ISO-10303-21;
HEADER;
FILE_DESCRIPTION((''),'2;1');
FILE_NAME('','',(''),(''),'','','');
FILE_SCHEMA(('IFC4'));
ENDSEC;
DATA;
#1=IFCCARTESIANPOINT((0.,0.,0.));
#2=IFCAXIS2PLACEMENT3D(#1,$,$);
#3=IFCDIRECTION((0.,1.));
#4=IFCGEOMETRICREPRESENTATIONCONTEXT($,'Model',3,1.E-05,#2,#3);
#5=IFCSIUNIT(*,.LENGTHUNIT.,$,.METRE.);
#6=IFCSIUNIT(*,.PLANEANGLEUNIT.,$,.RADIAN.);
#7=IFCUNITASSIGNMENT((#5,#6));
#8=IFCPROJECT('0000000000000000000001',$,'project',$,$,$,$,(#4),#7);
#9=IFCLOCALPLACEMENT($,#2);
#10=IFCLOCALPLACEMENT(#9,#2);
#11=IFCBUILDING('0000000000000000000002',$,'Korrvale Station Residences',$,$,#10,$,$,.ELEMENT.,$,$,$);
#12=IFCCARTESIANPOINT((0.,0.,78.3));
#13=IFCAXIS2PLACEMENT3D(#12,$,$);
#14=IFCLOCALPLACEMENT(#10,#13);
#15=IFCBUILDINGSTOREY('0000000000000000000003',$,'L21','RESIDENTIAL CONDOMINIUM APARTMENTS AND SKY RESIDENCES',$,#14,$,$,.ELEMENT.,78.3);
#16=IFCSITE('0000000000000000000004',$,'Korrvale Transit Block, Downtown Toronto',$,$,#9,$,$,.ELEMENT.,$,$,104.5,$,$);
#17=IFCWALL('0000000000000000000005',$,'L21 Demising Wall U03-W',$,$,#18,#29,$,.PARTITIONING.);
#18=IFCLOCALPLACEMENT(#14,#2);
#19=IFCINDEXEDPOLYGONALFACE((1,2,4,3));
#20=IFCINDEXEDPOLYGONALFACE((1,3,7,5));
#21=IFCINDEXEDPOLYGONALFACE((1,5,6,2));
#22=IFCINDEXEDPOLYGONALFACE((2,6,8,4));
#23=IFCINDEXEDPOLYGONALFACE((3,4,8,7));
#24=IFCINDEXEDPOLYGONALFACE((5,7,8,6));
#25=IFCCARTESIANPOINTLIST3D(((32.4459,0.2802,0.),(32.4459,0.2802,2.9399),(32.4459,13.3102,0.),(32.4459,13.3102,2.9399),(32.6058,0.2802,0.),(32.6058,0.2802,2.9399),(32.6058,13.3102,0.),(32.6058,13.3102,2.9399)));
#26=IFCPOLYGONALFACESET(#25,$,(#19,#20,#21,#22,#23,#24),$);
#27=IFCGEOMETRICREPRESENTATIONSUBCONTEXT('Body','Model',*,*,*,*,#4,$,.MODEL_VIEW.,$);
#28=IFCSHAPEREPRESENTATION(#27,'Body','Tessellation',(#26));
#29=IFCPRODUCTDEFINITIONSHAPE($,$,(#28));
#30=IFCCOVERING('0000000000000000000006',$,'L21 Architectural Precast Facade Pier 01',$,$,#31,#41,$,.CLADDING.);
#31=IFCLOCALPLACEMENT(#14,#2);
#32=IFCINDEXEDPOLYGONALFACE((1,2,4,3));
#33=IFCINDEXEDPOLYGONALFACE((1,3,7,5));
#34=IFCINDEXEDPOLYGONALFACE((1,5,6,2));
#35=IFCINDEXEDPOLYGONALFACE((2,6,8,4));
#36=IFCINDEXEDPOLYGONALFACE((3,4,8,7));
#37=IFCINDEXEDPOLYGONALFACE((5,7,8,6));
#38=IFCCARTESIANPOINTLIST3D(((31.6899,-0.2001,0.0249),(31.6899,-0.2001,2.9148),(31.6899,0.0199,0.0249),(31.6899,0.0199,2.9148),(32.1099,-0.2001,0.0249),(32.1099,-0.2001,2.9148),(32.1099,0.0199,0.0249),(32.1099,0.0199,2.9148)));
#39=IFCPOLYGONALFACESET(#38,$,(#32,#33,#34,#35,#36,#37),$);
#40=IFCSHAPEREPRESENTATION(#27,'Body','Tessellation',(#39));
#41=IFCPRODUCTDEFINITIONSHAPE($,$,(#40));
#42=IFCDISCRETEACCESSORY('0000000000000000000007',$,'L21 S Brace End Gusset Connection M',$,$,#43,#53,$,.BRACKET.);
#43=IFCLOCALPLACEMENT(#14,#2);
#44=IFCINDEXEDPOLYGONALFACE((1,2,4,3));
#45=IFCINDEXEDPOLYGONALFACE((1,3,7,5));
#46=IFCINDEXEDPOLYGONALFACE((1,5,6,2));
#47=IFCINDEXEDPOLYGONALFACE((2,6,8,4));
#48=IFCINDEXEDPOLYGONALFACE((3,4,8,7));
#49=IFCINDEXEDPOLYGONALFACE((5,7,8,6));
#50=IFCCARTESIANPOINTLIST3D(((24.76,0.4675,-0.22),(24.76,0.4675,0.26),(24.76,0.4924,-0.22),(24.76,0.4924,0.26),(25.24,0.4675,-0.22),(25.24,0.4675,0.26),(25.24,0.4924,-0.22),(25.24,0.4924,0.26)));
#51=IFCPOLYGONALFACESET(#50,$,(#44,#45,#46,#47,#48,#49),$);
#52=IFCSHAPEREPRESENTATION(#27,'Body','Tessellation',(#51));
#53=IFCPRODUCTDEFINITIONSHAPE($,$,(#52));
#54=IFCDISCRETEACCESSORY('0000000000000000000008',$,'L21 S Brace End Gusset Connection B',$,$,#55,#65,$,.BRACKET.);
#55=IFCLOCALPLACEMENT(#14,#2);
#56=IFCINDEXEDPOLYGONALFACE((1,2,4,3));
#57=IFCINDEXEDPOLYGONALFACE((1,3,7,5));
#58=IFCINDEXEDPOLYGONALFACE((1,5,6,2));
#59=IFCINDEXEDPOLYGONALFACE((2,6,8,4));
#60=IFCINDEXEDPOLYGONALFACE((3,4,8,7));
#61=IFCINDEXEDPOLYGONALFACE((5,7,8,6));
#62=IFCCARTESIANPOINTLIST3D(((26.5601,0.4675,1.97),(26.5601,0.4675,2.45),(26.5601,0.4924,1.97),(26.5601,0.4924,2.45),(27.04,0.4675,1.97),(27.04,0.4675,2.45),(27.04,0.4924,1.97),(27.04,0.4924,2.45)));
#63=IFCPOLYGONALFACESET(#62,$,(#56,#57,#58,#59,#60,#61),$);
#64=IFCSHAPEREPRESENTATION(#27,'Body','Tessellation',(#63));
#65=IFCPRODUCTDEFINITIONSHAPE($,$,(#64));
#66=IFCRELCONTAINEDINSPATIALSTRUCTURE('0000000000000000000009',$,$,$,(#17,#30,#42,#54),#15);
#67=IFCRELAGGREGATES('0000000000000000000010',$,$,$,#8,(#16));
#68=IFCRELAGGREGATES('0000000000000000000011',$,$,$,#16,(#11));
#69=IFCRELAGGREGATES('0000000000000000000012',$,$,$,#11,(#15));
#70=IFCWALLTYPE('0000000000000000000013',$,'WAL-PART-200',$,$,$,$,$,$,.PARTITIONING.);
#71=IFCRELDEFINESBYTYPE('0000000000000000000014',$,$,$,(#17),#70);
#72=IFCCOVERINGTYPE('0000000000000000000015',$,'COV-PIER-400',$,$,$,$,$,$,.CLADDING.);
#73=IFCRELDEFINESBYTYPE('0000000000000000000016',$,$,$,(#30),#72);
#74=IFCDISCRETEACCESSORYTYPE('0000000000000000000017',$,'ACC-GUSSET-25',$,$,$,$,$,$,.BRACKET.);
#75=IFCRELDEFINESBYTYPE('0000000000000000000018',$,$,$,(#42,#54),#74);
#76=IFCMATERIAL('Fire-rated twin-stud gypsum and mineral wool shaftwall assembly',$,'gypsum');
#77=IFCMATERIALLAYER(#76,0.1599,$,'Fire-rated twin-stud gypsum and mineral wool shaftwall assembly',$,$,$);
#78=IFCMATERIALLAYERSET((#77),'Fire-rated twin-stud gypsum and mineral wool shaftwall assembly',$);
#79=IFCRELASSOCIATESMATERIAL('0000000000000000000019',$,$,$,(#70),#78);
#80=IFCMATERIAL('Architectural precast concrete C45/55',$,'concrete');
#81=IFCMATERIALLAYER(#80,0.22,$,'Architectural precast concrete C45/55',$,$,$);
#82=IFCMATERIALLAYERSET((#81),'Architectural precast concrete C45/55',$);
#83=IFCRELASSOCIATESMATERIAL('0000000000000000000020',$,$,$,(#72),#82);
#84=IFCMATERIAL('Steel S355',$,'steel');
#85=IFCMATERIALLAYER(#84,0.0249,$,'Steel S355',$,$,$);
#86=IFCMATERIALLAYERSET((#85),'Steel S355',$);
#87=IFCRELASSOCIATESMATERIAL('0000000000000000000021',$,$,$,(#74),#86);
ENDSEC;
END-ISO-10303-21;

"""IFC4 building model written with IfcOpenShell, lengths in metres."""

from ifc_helpers import new_model, si_unit, direction, frame, frame_2d, origin, origin_2d, place, context, subcontext, project, spatial, rectangle, extrude, material, layer, layer_set, type_object, element, save


model = new_model("IFC4")

# Units and contexts
model_context = context("Model", 3, precision=1e-05, world=origin(), true_north=direction((0.0, 1.0)))
body_context = subcontext(model_context, "Body", "Model", "MODEL_VIEW")
ifc_project = project(units=[si_unit("LENGTHUNIT", "METRE"), si_unit("PLANEANGLEUNIT", "RADIAN")], contexts=[model_context])

# Site, building, storey
site_placement = place(None, origin())
site = spatial("IfcSite", under=ifc_project, at=site_placement, Name="Korrvale Transit Block, Downtown Toronto", CompositionType="ELEMENT", RefElevation=104.5)
building_placement = place(site_placement, origin())
building = spatial("IfcBuilding", under=site, at=building_placement, Name="Korrvale Station Residences", CompositionType="ELEMENT")
storey_placement = place(building_placement, frame((0.0, 0.0, 78.3)))
storey = spatial("IfcBuildingStorey", under=building, at=storey_placement, Name="L21", Description="RESIDENTIAL CONDOMINIUM APARTMENTS AND SKY RESIDENCES", CompositionType="ELEMENT", Elevation=78.3)

# Shared definitions
ifc_material_1 = material(Name="Steel S355", Category="steel")

# Wall
ifc_material_2 = material(Name="Fire-rated twin-stud gypsum and mineral wool shaftwall assembly", Category="gypsum")
ifc_layer_1 = layer(ifc_material_2, 0.1599, Name="Fire-rated twin-stud gypsum and mineral wool shaftwall assembly")
ifc_layer_set_1 = layer_set([ifc_layer_1], Name="Fire-rated twin-stud gypsum and mineral wool shaftwall assembly")
wall_type_1 = type_object("IfcWallType", Name="WAL-PART-200", PredefinedType="PARTITIONING", material=ifc_layer_set_1)
wall_1_placement = place(storey_placement, frame((32.5259, 0.28, 0.0), z_axis=(0.0, 0.0, 1.0), x_axis=(0.0, 1.0, 0.0)))
element("IfcWall", 1, at=wall_1_placement, inside=storey, type_object=wall_type_1, Name="L21 Demising Wall U03-W", PredefinedType="PARTITIONING", context=body_context, shape_type="SweptSolid", body=[
    extrude(rectangle(XDim=13.03, YDim=0.1599, at=frame_2d((6.5151, 0.0))), origin(), (0.0, 0.0, 1.0), 2.9399),
])

# Covering
ifc_material_3 = material(Name="Architectural precast concrete C45/55", Category="concrete")
ifc_layer_2 = layer(ifc_material_3, 0.22, Name="Architectural precast concrete C45/55")
ifc_layer_set_2 = layer_set([ifc_layer_2], Name="Architectural precast concrete C45/55")
covering_type = type_object("IfcCoveringType", Name="COV-PIER-400", PredefinedType="CLADDING", material=ifc_layer_set_2)
covering_placement = place(storey_placement, frame((31.8999, -0.0901, 0.0249), z_axis=(0.0, 0.0, 1.0), x_axis=(1.0, 0.0, 0.0)))
element("IfcCovering", 2, at=covering_placement, inside=storey, type_object=covering_type, Name="L21 Architectural Precast Facade Pier 01", PredefinedType="CLADDING", context=body_context, shape_type="SweptSolid", body=[
    extrude(rectangle(XDim=0.4199, YDim=0.22, at=origin_2d()), origin(), (0.0, 0.0, 1.0), 2.8899),
])

# Discrete accessories
ifc_layer_3 = layer(ifc_material_1, 0.0249, Name="Steel S355")
ifc_layer_set_3 = layer_set([ifc_layer_3], Name="Steel S355")
discrete_accessory_type = type_object("IfcDiscreteAccessoryType", Name="ACC-GUSSET-25", PredefinedType="BRACKET", material=ifc_layer_set_3)
for number, where, z_axis, x_axis, name in (
    (3, (25.0, 0.48, -0.22), (0.0, 0.0, 1.0), (1.0, 0.0, 0.0), "L21 S Brace End Gusset Connection M"),
    (4, (26.8, 0.48, 1.97), (0.0, 0.0, 1.0), (1.0, 0.0, 0.0), "L21 S Brace End Gusset Connection B"),
):
    element("IfcDiscreteAccessory", number, at=place(storey_placement, frame(where, z_axis=z_axis, x_axis=x_axis)), inside=storey, type_object=discrete_accessory_type, Name=name, PredefinedType="BRACKET", context=body_context, shape_type="SweptSolid", body=[
        extrude(rectangle(XDim=0.48, YDim=0.0249, at=origin_2d()), origin(), (0.0, 0.0, 1.0), 0.48),
    ])

save(model, "model.ifc")
